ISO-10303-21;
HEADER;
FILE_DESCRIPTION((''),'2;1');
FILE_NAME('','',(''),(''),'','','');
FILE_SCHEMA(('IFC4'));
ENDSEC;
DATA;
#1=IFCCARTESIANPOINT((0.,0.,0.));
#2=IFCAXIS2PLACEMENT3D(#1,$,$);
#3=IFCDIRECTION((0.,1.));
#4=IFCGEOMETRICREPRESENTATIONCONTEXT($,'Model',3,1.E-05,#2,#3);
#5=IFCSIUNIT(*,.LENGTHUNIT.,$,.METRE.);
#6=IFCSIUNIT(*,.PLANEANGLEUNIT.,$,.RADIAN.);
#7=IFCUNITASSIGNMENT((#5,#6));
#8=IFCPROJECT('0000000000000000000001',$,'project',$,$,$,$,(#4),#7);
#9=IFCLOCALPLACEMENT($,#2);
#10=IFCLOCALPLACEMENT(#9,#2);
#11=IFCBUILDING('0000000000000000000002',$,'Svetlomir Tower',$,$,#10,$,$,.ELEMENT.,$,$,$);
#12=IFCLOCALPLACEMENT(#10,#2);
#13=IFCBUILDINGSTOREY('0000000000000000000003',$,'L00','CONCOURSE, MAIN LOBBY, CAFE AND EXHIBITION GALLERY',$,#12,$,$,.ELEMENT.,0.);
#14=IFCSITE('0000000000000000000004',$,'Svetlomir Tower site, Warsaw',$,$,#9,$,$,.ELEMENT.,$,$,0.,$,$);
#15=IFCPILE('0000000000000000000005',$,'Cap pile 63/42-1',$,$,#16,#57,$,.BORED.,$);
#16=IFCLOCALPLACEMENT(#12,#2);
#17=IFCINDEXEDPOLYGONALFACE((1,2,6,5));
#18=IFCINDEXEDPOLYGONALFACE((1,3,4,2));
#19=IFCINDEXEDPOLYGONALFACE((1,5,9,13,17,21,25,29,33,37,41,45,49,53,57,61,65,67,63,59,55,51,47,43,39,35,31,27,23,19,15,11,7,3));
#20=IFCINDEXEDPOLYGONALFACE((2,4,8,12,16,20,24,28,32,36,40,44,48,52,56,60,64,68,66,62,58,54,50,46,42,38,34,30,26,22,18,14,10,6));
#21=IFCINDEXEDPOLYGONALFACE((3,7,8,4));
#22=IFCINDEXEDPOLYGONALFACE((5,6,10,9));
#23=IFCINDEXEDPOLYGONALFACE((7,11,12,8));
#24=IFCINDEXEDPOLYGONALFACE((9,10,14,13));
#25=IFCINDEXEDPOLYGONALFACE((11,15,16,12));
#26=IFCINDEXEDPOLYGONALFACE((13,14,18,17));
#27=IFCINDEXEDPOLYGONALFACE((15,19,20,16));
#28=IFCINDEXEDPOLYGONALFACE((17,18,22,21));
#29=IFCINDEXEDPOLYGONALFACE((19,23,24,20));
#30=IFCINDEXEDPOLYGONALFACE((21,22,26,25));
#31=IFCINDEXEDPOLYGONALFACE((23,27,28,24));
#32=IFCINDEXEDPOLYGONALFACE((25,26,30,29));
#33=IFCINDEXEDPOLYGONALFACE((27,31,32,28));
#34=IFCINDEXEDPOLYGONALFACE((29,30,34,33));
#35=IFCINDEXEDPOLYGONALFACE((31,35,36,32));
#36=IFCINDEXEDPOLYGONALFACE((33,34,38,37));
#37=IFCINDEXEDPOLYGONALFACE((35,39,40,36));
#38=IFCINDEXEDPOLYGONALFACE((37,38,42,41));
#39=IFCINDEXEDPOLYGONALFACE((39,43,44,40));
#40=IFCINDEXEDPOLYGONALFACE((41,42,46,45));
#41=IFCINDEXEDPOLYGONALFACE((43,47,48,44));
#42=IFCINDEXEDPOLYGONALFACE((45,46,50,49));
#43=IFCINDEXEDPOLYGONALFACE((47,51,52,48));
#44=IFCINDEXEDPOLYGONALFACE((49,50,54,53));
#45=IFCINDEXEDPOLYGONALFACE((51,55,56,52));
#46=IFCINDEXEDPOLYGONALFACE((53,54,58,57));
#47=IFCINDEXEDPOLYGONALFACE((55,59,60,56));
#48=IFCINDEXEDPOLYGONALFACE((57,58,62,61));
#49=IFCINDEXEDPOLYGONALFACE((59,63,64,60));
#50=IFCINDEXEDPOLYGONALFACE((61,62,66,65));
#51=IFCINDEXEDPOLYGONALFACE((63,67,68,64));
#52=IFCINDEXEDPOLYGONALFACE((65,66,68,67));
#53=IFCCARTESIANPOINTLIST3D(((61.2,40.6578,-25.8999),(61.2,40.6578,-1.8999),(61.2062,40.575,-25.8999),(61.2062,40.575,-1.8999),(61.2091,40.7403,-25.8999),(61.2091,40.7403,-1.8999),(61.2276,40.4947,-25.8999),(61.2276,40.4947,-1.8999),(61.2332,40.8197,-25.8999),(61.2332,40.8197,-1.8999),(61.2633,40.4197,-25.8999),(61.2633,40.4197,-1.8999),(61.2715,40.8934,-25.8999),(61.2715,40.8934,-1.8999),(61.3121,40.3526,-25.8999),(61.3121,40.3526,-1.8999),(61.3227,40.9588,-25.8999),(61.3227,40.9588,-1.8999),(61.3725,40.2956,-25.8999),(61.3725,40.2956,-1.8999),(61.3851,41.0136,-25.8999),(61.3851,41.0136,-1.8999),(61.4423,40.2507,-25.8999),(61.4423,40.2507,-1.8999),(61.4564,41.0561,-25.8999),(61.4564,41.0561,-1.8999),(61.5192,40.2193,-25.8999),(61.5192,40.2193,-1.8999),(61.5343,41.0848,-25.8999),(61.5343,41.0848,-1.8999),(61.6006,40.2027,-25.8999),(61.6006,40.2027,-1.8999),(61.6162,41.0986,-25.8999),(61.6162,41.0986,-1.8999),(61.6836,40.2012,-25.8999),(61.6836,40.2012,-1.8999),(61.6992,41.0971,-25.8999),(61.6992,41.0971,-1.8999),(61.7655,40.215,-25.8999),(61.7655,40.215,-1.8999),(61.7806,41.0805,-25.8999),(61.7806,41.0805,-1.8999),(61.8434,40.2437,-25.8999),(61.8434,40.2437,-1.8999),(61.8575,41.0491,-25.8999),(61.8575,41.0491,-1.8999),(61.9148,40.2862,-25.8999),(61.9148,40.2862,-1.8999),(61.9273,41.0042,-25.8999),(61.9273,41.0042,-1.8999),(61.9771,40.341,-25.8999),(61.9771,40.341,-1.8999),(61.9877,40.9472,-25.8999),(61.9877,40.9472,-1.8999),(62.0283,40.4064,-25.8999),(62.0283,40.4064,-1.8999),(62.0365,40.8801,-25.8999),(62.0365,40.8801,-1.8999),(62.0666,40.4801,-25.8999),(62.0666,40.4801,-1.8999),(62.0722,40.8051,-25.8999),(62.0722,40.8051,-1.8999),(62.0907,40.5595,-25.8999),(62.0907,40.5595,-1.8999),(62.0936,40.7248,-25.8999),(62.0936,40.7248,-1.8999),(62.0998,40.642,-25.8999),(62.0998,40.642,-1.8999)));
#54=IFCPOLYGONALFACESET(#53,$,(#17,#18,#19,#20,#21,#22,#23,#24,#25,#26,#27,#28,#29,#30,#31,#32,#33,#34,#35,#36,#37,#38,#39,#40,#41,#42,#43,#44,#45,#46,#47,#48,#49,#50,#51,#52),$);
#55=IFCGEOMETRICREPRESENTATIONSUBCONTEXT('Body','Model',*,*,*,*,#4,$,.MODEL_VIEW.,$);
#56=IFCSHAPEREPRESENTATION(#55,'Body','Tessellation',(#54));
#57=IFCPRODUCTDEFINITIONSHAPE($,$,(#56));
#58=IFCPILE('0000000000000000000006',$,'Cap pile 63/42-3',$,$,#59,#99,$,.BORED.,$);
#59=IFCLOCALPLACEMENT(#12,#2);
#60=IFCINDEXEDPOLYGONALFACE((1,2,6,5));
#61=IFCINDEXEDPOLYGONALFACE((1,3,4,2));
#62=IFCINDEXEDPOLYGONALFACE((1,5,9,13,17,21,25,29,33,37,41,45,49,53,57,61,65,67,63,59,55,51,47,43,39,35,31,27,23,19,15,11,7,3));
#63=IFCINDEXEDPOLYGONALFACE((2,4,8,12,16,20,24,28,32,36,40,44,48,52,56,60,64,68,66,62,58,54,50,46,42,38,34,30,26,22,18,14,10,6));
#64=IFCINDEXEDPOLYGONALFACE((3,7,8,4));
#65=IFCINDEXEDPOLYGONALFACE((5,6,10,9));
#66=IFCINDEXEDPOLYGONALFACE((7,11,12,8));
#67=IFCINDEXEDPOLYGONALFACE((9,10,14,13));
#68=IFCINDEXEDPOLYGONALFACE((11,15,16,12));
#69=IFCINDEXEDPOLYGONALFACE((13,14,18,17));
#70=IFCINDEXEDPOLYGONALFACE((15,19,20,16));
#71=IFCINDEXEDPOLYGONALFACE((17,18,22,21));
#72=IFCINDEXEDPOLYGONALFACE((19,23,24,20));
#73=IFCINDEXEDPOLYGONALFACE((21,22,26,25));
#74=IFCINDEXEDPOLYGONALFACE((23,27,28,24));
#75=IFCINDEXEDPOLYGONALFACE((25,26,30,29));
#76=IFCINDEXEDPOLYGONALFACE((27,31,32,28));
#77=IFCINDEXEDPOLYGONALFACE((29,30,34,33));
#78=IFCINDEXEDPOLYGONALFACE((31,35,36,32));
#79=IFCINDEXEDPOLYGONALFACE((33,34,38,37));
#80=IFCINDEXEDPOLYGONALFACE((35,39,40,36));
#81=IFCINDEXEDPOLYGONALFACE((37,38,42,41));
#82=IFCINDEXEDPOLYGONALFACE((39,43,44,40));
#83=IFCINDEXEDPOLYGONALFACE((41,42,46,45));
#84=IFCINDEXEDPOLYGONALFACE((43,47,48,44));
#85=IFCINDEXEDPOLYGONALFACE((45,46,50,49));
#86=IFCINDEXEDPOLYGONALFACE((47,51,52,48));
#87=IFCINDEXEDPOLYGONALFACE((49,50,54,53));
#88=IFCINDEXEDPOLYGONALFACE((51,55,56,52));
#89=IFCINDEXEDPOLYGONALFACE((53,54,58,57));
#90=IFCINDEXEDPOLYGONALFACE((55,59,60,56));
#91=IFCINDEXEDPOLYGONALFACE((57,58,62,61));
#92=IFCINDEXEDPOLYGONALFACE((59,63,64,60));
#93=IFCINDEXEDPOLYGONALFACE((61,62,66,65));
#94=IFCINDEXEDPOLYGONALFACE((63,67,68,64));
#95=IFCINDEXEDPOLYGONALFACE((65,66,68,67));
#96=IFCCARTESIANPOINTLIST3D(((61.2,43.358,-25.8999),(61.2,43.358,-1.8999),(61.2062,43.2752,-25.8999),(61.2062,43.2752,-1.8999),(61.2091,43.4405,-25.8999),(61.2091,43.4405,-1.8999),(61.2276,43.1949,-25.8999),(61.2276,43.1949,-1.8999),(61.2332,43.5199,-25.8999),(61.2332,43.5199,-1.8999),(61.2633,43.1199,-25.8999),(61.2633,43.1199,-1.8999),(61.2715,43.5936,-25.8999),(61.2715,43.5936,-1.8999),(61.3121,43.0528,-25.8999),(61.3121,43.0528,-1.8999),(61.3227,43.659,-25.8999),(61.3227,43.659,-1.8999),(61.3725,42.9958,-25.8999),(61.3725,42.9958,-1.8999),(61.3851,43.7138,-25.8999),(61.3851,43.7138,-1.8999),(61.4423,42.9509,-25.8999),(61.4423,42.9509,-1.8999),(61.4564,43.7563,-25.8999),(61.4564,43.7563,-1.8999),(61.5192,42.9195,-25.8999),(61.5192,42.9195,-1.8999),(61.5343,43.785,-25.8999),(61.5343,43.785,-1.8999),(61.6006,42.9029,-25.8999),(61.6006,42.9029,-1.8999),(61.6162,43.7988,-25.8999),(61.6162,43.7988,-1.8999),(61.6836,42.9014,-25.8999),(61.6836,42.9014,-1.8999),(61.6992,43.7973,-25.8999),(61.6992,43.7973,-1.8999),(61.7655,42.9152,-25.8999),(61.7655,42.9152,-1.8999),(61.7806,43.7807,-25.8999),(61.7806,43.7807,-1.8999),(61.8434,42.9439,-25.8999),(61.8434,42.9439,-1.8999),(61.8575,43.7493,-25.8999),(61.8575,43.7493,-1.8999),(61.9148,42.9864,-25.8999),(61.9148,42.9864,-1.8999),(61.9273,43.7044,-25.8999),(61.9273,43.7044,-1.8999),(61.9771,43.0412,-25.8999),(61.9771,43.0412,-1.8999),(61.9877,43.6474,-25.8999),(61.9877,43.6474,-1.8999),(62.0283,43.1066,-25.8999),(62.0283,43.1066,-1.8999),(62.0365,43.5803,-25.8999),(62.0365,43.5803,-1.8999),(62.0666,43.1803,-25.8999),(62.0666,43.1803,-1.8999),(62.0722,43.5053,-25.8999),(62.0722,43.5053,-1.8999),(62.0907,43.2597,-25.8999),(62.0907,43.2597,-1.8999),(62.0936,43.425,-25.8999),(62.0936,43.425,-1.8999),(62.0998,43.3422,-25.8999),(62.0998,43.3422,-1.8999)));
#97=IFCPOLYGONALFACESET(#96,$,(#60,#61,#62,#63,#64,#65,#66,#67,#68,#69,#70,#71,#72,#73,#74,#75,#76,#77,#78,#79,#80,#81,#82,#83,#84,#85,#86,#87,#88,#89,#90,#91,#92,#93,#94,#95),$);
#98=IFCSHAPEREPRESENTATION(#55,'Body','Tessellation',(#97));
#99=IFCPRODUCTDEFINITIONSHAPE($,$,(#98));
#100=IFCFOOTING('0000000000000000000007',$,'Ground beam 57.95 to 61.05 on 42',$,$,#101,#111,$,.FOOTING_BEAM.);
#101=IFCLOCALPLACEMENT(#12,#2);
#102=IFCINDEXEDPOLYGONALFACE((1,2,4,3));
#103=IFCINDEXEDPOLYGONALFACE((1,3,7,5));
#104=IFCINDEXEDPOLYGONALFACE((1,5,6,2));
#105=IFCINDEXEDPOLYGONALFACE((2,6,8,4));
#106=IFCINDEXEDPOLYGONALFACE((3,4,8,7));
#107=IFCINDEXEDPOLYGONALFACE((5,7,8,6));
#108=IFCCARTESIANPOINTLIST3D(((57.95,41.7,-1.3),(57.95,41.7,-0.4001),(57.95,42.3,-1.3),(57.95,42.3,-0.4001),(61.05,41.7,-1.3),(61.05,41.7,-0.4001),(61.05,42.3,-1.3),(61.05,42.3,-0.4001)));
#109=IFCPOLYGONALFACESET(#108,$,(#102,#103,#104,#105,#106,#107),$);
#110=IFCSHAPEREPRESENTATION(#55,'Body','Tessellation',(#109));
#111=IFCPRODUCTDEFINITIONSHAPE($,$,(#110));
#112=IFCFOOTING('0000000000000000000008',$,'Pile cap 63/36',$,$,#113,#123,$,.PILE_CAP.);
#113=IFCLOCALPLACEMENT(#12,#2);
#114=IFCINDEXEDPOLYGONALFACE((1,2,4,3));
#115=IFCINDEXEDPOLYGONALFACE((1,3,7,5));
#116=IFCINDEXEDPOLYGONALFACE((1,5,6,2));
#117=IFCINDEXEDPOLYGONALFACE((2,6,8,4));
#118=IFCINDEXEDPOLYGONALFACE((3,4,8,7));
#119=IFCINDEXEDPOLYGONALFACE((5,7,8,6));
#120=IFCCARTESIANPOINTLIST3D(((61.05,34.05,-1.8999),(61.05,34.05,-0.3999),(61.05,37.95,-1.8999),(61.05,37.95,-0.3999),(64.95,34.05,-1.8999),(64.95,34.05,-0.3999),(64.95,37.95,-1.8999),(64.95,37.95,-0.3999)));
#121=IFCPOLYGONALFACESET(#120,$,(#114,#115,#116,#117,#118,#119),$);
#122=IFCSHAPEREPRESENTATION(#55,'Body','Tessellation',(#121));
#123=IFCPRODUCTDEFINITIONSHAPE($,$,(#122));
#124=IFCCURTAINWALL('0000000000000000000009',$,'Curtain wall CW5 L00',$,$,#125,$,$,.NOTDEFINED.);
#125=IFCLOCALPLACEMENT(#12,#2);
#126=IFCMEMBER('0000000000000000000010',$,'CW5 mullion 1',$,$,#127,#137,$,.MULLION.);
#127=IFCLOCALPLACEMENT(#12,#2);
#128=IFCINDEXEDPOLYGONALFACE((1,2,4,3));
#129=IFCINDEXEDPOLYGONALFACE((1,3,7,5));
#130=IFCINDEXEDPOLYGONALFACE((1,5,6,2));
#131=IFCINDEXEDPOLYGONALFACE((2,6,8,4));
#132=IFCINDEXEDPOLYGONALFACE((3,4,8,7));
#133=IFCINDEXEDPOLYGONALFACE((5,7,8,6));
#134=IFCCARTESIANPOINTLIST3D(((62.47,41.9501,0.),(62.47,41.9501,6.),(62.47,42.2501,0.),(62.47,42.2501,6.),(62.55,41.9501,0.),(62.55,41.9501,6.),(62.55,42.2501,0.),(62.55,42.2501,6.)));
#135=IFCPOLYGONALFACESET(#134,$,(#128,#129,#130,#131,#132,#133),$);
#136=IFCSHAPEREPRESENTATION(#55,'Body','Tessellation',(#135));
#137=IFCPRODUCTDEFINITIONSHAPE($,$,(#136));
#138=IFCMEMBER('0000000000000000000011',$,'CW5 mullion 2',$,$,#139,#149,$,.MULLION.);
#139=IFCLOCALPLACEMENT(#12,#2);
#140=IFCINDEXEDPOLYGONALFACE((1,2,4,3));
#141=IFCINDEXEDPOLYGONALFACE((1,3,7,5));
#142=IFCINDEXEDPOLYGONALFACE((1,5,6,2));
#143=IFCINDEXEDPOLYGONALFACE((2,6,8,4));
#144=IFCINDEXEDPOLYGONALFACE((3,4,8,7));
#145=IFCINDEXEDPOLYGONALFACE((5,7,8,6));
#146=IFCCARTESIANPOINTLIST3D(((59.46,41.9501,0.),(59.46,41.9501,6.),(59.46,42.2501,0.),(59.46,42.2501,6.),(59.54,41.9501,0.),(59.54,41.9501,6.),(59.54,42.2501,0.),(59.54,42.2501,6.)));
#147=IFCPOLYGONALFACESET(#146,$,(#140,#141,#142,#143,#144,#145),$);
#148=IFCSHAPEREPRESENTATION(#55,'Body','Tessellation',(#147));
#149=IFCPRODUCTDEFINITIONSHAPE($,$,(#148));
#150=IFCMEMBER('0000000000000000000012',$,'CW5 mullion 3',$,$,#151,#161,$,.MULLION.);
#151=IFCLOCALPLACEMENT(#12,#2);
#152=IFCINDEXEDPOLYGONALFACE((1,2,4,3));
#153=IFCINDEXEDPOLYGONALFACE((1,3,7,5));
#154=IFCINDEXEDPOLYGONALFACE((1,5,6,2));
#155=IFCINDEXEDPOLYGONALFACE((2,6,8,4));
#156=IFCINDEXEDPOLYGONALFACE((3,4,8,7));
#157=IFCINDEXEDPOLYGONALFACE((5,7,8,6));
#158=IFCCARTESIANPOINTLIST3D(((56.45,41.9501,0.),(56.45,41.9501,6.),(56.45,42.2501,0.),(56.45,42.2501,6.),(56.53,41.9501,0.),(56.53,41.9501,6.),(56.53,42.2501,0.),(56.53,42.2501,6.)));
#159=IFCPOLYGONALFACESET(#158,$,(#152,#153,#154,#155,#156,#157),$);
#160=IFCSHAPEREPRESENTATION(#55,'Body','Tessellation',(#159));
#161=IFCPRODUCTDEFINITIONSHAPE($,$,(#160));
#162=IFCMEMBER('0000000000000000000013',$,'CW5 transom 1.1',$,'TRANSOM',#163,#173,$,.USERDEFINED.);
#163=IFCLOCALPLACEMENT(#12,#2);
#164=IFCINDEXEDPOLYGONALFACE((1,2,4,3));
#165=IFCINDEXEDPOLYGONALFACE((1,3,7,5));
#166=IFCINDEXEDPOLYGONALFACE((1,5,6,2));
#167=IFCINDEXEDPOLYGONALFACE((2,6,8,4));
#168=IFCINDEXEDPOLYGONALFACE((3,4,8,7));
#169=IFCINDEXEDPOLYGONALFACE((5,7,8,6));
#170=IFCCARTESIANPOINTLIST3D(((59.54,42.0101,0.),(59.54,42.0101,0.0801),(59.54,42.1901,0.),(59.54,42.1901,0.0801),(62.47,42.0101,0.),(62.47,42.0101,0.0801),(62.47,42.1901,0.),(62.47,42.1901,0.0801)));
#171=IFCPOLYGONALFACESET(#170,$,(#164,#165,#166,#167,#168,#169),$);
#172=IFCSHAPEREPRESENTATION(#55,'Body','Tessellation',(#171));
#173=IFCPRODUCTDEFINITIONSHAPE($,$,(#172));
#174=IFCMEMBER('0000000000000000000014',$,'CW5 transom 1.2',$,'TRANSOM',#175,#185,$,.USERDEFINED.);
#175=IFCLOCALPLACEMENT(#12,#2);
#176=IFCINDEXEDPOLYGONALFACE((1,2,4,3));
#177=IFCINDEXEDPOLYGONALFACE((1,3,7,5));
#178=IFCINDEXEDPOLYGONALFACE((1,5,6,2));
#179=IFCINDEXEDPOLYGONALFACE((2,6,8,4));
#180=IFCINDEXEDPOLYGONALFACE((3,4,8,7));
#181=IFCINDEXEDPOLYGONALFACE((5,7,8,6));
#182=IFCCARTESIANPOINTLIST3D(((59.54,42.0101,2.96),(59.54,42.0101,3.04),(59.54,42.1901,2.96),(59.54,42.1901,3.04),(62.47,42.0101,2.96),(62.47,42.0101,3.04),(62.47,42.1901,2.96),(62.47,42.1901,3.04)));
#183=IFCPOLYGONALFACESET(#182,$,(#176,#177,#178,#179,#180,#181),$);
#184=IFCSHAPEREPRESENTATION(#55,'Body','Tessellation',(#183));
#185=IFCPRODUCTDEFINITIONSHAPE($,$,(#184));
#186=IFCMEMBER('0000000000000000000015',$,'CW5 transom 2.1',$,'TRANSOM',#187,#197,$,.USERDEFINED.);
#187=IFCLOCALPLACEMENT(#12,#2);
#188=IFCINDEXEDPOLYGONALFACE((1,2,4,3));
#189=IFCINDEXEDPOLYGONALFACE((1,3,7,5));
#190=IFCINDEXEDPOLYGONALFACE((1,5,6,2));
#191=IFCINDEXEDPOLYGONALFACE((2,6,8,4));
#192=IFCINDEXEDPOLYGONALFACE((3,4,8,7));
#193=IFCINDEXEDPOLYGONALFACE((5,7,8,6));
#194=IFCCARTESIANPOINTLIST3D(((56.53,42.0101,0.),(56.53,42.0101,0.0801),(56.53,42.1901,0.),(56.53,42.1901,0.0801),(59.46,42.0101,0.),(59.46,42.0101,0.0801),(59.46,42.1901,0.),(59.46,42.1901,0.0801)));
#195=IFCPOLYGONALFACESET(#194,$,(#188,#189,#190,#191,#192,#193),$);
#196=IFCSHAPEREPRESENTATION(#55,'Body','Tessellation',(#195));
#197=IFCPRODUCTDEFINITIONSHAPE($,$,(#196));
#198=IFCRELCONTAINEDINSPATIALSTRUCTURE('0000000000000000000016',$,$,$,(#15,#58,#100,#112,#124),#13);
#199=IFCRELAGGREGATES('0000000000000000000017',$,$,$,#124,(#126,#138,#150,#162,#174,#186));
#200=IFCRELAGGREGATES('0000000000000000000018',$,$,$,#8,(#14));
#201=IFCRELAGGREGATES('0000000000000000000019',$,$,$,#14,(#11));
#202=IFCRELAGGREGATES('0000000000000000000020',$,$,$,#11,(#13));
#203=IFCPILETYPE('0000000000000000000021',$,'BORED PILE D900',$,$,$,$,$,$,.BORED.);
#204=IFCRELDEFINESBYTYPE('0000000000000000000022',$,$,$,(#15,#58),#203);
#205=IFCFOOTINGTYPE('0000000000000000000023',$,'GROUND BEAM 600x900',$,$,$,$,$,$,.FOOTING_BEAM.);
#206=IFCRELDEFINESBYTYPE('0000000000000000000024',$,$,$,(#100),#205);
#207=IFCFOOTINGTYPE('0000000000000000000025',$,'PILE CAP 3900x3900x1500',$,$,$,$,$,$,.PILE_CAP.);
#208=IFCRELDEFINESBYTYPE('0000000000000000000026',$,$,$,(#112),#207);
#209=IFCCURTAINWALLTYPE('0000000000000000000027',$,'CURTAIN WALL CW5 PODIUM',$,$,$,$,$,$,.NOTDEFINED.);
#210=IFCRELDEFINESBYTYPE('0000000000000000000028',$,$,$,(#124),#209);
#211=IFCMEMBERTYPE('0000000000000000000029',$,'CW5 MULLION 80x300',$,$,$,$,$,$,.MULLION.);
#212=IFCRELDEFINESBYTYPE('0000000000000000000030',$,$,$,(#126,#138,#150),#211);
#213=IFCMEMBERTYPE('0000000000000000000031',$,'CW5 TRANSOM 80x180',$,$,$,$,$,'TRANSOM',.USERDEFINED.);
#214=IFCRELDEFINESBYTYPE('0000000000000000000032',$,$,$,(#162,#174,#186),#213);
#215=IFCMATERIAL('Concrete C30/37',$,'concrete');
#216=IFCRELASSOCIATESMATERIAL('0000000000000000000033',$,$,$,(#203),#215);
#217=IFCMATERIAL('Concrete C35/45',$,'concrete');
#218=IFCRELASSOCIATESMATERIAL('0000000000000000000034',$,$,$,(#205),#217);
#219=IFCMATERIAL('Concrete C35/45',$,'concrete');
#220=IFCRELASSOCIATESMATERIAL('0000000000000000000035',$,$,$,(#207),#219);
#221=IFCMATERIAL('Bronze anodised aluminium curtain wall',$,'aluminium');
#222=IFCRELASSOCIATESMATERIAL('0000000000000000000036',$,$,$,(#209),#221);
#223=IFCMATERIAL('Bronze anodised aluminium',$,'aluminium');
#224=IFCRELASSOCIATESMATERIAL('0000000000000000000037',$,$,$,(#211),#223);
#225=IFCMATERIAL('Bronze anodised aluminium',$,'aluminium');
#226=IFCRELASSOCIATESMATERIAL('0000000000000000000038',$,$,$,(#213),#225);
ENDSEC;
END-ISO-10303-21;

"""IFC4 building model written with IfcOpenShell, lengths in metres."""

from ifc_helpers import new_model, si_unit, direction, frame, frame_2d, origin, origin_2d, place, context, subcontext, project, spatial, rectangle, circle, extrude, material, material_profile, profile_set, type_object, element, aggregate, save


model = new_model("IFC4")

# Units and contexts
model_context = context("Model", 3, precision=1e-05, world=origin(), true_north=direction((0.0, 1.0)))
body_context = subcontext(model_context, "Body", "Model", "MODEL_VIEW")
ifc_project = project(units=[si_unit("LENGTHUNIT", "METRE"), si_unit("PLANEANGLEUNIT", "RADIAN")], contexts=[model_context])

# Site, building, storey
site_placement = place(None, origin())
site = spatial("IfcSite", under=ifc_project, at=site_placement, Name="Svetlomir Tower site, Warsaw", CompositionType="ELEMENT", RefElevation=0.0)
building_placement = place(site_placement, origin())
building = spatial("IfcBuilding", under=site, at=building_placement, Name="Svetlomir Tower", CompositionType="ELEMENT")
storey_placement = place(building_placement, origin())
storey = spatial("IfcBuildingStorey", under=building, at=storey_placement, Name="L00", Description="CONCOURSE, MAIN LOBBY, CAFE AND EXHIBITION GALLERY", CompositionType="ELEMENT", Elevation=0.0)

# Piles
ifc_material_1 = material(Name="Concrete C30/37", Category="concrete")
ifc_material_profile_1 = material_profile(ifc_material_1, circle(Radius=0.45, at=origin_2d()), Name="RC D900")
ifc_profile_set_1 = profile_set([ifc_material_profile_1], Name="Concrete C30/37")
pile_type = type_object("IfcPileType", Name="BORED PILE D900", PredefinedType="BORED", material=ifc_profile_set_1)
for number, where, z_axis, x_axis, name in (
    (1, (61.6499, 40.6499, -1.8999), (0.0, 0.0, -1.0), (1.0, 0.0, 0.0), "Cap pile 63/42-1"),
    (2, (61.6499, 43.3501, -1.8999), (0.0, 0.0, -1.0), (1.0, 0.0, 0.0), "Cap pile 63/42-3"),
):
    element("IfcPile", number, at=place(storey_placement, frame(where, z_axis=z_axis, x_axis=x_axis)), inside=storey, type_object=pile_type, Name=name, PredefinedType="BORED", context=body_context, shape_type="SweptSolid", body=[
        extrude(circle(Radius=0.45, at=frame_2d((0.0, 0.0), x_axis=(0.999848, 0.017452))), origin(), (0.0, 0.0, 1.0), 24.0),
    ])

# Footings
ifc_material_2 = material(Name="Concrete C35/45", Category="concrete")
footing_type_1 = type_object("IfcFootingType", Name="GROUND BEAM 600x900", PredefinedType="FOOTING_BEAM", material=ifc_material_2)
footing_1_placement = place(storey_placement, frame((59.5, 42.0, -1.3), z_axis=(0.0, 0.0, 1.0), x_axis=(1.0, 0.0, 0.0)))
element("IfcFooting", 3, at=footing_1_placement, inside=storey, type_object=footing_type_1, Name="Ground beam 57.95 to 61.05 on 42", PredefinedType="FOOTING_BEAM", context=body_context, shape_type="SweptSolid", body=[
    extrude(rectangle(XDim=3.1001, YDim=0.6001, at=origin_2d()), origin(), (0.0, 0.0, 1.0), 0.8999),
])
ifc_material_3 = material(Name="Concrete C35/45", Category="concrete")
footing_type_2 = type_object("IfcFootingType", Name="PILE CAP 3900x3900x1500", PredefinedType="PILE_CAP", material=ifc_material_3)
footing_2_placement = place(storey_placement, frame((63.0, 36.0, -1.8999), z_axis=(0.0, 0.0, 1.0), x_axis=(1.0, 0.0, 0.0)))
element("IfcFooting", 4, at=footing_2_placement, inside=storey, type_object=footing_type_2, Name="Pile cap 63/36", PredefinedType="PILE_CAP", context=body_context, shape_type="SweptSolid", body=[
    extrude(rectangle(XDim=3.8999, YDim=3.8999, at=origin_2d()), origin(), (0.0, 0.0, 1.0), 1.5),
])

# Curtain wall, members
ifc_material_4 = material(Name="Bronze anodised aluminium curtain wall", Category="aluminium")
curtain_wall_type = type_object("IfcCurtainWallType", Name="CURTAIN WALL CW5 PODIUM", PredefinedType="NOTDEFINED", material=ifc_material_4)
curtain_wall_placement = place(storey_placement, origin())
curtain_wall = element("IfcCurtainWall", 5, at=curtain_wall_placement, inside=storey, type_object=curtain_wall_type, Name="Curtain wall CW5 L00", PredefinedType="NOTDEFINED")
ifc_material_5 = material(Name="Bronze anodised aluminium", Category="aluminium")
ifc_material_profile_2 = material_profile(ifc_material_5, rectangle(XDim=0.0801, YDim=0.3, at=origin_2d()), Name="AL 80x300")
ifc_profile_set_2 = profile_set([ifc_material_profile_2], Name="Bronze anodised aluminium 6063-T6")
member_type_1 = type_object("IfcMemberType", Name="CW5 MULLION 80x300", PredefinedType="MULLION", material=ifc_profile_set_2)
member_1_placement = place(storey_placement, frame((62.51, 42.1001, 0.0), z_axis=(0.0, 0.0, 1.0), x_axis=(-1.0, 0.0, 0.0)))
member_1 = element("IfcMember", 6, at=member_1_placement, type_object=member_type_1, Name="CW5 mullion 1", PredefinedType="MULLION", context=body_context, shape_type="SweptSolid", body=[
    extrude(rectangle(XDim=0.0801, YDim=0.3, at=origin_2d()), origin(), (0.0, 0.0, 1.0), 6.0),
])
member_2_placement = place(storey_placement, frame((59.5, 42.1001, 0.0), z_axis=(0.0, 0.0, 1.0), x_axis=(-1.0, 0.0, 0.0)))
member_2 = element("IfcMember", 7, at=member_2_placement, type_object=member_type_1, Name="CW5 mullion 2", PredefinedType="MULLION", context=body_context, shape_type="SweptSolid", body=[
    extrude(rectangle(XDim=0.0801, YDim=0.3, at=origin_2d()), origin(), (0.0, 0.0, 1.0), 6.0),
])
member_3_placement = place(storey_placement, frame((56.49, 42.1001, 0.0), z_axis=(0.0, 0.0, 1.0), x_axis=(-1.0, 0.0, 0.0)))
member_3 = element("IfcMember", 8, at=member_3_placement, type_object=member_type_1, Name="CW5 mullion 3", PredefinedType="MULLION", context=body_context, shape_type="SweptSolid", body=[
    extrude(rectangle(XDim=0.0801, YDim=0.3, at=origin_2d()), origin(), (0.0, 0.0, 1.0), 6.0),
])
ifc_material_6 = material(Name="Bronze anodised aluminium", Category="aluminium")
ifc_material_profile_3 = material_profile(ifc_material_6, rectangle(XDim=0.1799, YDim=0.0801, at=origin_2d()), Name="AL 180x80")
ifc_profile_set_3 = profile_set([ifc_material_profile_3], Name="Bronze anodised aluminium 6063-T6")
member_type_2 = type_object("IfcMemberType", Name="CW5 TRANSOM 80x180", ElementType="TRANSOM", PredefinedType="USERDEFINED", material=ifc_profile_set_3)
member_4_placement = place(storey_placement, frame((62.47, 42.1001, 0.04), z_axis=(-1.0, 0.0, 0.0), x_axis=(0.0, -1.0, 0.0)))
member_4 = element("IfcMember", 9, at=member_4_placement, type_object=member_type_2, Name="CW5 transom 1.1", ObjectType="TRANSOM", PredefinedType="USERDEFINED", context=body_context, shape_type="SweptSolid", body=[
    extrude(rectangle(XDim=0.1799, YDim=0.0801, at=origin_2d()), origin(), (0.0, 0.0, 1.0), 2.9299),
])
member_5_placement = place(storey_placement, frame((62.47, 42.1001, 3.0), z_axis=(-1.0, 0.0, 0.0), x_axis=(0.0, -1.0, 0.0)))
member_5 = element("IfcMember", 10, at=member_5_placement, type_object=member_type_2, Name="CW5 transom 1.2", ObjectType="TRANSOM", PredefinedType="USERDEFINED", context=body_context, shape_type="SweptSolid", body=[
    extrude(rectangle(XDim=0.1799, YDim=0.0801, at=origin_2d()), origin(), (0.0, 0.0, 1.0), 2.9299),
])
member_6_placement = place(storey_placement, frame((59.46, 42.1001, 0.04), z_axis=(-1.0, 0.0, 0.0), x_axis=(0.0, -1.0, 0.0)))
member_6 = element("IfcMember", 11, at=member_6_placement, type_object=member_type_2, Name="CW5 transom 2.1", ObjectType="TRANSOM", PredefinedType="USERDEFINED", context=body_context, shape_type="SweptSolid", body=[
    extrude(rectangle(XDim=0.1799, YDim=0.0801, at=origin_2d()), origin(), (0.0, 0.0, 1.0), 2.9299),
])

aggregate(curtain_wall, [member_1, member_2, member_3, member_4, member_5, member_6])

save(model, "model.ifc")
